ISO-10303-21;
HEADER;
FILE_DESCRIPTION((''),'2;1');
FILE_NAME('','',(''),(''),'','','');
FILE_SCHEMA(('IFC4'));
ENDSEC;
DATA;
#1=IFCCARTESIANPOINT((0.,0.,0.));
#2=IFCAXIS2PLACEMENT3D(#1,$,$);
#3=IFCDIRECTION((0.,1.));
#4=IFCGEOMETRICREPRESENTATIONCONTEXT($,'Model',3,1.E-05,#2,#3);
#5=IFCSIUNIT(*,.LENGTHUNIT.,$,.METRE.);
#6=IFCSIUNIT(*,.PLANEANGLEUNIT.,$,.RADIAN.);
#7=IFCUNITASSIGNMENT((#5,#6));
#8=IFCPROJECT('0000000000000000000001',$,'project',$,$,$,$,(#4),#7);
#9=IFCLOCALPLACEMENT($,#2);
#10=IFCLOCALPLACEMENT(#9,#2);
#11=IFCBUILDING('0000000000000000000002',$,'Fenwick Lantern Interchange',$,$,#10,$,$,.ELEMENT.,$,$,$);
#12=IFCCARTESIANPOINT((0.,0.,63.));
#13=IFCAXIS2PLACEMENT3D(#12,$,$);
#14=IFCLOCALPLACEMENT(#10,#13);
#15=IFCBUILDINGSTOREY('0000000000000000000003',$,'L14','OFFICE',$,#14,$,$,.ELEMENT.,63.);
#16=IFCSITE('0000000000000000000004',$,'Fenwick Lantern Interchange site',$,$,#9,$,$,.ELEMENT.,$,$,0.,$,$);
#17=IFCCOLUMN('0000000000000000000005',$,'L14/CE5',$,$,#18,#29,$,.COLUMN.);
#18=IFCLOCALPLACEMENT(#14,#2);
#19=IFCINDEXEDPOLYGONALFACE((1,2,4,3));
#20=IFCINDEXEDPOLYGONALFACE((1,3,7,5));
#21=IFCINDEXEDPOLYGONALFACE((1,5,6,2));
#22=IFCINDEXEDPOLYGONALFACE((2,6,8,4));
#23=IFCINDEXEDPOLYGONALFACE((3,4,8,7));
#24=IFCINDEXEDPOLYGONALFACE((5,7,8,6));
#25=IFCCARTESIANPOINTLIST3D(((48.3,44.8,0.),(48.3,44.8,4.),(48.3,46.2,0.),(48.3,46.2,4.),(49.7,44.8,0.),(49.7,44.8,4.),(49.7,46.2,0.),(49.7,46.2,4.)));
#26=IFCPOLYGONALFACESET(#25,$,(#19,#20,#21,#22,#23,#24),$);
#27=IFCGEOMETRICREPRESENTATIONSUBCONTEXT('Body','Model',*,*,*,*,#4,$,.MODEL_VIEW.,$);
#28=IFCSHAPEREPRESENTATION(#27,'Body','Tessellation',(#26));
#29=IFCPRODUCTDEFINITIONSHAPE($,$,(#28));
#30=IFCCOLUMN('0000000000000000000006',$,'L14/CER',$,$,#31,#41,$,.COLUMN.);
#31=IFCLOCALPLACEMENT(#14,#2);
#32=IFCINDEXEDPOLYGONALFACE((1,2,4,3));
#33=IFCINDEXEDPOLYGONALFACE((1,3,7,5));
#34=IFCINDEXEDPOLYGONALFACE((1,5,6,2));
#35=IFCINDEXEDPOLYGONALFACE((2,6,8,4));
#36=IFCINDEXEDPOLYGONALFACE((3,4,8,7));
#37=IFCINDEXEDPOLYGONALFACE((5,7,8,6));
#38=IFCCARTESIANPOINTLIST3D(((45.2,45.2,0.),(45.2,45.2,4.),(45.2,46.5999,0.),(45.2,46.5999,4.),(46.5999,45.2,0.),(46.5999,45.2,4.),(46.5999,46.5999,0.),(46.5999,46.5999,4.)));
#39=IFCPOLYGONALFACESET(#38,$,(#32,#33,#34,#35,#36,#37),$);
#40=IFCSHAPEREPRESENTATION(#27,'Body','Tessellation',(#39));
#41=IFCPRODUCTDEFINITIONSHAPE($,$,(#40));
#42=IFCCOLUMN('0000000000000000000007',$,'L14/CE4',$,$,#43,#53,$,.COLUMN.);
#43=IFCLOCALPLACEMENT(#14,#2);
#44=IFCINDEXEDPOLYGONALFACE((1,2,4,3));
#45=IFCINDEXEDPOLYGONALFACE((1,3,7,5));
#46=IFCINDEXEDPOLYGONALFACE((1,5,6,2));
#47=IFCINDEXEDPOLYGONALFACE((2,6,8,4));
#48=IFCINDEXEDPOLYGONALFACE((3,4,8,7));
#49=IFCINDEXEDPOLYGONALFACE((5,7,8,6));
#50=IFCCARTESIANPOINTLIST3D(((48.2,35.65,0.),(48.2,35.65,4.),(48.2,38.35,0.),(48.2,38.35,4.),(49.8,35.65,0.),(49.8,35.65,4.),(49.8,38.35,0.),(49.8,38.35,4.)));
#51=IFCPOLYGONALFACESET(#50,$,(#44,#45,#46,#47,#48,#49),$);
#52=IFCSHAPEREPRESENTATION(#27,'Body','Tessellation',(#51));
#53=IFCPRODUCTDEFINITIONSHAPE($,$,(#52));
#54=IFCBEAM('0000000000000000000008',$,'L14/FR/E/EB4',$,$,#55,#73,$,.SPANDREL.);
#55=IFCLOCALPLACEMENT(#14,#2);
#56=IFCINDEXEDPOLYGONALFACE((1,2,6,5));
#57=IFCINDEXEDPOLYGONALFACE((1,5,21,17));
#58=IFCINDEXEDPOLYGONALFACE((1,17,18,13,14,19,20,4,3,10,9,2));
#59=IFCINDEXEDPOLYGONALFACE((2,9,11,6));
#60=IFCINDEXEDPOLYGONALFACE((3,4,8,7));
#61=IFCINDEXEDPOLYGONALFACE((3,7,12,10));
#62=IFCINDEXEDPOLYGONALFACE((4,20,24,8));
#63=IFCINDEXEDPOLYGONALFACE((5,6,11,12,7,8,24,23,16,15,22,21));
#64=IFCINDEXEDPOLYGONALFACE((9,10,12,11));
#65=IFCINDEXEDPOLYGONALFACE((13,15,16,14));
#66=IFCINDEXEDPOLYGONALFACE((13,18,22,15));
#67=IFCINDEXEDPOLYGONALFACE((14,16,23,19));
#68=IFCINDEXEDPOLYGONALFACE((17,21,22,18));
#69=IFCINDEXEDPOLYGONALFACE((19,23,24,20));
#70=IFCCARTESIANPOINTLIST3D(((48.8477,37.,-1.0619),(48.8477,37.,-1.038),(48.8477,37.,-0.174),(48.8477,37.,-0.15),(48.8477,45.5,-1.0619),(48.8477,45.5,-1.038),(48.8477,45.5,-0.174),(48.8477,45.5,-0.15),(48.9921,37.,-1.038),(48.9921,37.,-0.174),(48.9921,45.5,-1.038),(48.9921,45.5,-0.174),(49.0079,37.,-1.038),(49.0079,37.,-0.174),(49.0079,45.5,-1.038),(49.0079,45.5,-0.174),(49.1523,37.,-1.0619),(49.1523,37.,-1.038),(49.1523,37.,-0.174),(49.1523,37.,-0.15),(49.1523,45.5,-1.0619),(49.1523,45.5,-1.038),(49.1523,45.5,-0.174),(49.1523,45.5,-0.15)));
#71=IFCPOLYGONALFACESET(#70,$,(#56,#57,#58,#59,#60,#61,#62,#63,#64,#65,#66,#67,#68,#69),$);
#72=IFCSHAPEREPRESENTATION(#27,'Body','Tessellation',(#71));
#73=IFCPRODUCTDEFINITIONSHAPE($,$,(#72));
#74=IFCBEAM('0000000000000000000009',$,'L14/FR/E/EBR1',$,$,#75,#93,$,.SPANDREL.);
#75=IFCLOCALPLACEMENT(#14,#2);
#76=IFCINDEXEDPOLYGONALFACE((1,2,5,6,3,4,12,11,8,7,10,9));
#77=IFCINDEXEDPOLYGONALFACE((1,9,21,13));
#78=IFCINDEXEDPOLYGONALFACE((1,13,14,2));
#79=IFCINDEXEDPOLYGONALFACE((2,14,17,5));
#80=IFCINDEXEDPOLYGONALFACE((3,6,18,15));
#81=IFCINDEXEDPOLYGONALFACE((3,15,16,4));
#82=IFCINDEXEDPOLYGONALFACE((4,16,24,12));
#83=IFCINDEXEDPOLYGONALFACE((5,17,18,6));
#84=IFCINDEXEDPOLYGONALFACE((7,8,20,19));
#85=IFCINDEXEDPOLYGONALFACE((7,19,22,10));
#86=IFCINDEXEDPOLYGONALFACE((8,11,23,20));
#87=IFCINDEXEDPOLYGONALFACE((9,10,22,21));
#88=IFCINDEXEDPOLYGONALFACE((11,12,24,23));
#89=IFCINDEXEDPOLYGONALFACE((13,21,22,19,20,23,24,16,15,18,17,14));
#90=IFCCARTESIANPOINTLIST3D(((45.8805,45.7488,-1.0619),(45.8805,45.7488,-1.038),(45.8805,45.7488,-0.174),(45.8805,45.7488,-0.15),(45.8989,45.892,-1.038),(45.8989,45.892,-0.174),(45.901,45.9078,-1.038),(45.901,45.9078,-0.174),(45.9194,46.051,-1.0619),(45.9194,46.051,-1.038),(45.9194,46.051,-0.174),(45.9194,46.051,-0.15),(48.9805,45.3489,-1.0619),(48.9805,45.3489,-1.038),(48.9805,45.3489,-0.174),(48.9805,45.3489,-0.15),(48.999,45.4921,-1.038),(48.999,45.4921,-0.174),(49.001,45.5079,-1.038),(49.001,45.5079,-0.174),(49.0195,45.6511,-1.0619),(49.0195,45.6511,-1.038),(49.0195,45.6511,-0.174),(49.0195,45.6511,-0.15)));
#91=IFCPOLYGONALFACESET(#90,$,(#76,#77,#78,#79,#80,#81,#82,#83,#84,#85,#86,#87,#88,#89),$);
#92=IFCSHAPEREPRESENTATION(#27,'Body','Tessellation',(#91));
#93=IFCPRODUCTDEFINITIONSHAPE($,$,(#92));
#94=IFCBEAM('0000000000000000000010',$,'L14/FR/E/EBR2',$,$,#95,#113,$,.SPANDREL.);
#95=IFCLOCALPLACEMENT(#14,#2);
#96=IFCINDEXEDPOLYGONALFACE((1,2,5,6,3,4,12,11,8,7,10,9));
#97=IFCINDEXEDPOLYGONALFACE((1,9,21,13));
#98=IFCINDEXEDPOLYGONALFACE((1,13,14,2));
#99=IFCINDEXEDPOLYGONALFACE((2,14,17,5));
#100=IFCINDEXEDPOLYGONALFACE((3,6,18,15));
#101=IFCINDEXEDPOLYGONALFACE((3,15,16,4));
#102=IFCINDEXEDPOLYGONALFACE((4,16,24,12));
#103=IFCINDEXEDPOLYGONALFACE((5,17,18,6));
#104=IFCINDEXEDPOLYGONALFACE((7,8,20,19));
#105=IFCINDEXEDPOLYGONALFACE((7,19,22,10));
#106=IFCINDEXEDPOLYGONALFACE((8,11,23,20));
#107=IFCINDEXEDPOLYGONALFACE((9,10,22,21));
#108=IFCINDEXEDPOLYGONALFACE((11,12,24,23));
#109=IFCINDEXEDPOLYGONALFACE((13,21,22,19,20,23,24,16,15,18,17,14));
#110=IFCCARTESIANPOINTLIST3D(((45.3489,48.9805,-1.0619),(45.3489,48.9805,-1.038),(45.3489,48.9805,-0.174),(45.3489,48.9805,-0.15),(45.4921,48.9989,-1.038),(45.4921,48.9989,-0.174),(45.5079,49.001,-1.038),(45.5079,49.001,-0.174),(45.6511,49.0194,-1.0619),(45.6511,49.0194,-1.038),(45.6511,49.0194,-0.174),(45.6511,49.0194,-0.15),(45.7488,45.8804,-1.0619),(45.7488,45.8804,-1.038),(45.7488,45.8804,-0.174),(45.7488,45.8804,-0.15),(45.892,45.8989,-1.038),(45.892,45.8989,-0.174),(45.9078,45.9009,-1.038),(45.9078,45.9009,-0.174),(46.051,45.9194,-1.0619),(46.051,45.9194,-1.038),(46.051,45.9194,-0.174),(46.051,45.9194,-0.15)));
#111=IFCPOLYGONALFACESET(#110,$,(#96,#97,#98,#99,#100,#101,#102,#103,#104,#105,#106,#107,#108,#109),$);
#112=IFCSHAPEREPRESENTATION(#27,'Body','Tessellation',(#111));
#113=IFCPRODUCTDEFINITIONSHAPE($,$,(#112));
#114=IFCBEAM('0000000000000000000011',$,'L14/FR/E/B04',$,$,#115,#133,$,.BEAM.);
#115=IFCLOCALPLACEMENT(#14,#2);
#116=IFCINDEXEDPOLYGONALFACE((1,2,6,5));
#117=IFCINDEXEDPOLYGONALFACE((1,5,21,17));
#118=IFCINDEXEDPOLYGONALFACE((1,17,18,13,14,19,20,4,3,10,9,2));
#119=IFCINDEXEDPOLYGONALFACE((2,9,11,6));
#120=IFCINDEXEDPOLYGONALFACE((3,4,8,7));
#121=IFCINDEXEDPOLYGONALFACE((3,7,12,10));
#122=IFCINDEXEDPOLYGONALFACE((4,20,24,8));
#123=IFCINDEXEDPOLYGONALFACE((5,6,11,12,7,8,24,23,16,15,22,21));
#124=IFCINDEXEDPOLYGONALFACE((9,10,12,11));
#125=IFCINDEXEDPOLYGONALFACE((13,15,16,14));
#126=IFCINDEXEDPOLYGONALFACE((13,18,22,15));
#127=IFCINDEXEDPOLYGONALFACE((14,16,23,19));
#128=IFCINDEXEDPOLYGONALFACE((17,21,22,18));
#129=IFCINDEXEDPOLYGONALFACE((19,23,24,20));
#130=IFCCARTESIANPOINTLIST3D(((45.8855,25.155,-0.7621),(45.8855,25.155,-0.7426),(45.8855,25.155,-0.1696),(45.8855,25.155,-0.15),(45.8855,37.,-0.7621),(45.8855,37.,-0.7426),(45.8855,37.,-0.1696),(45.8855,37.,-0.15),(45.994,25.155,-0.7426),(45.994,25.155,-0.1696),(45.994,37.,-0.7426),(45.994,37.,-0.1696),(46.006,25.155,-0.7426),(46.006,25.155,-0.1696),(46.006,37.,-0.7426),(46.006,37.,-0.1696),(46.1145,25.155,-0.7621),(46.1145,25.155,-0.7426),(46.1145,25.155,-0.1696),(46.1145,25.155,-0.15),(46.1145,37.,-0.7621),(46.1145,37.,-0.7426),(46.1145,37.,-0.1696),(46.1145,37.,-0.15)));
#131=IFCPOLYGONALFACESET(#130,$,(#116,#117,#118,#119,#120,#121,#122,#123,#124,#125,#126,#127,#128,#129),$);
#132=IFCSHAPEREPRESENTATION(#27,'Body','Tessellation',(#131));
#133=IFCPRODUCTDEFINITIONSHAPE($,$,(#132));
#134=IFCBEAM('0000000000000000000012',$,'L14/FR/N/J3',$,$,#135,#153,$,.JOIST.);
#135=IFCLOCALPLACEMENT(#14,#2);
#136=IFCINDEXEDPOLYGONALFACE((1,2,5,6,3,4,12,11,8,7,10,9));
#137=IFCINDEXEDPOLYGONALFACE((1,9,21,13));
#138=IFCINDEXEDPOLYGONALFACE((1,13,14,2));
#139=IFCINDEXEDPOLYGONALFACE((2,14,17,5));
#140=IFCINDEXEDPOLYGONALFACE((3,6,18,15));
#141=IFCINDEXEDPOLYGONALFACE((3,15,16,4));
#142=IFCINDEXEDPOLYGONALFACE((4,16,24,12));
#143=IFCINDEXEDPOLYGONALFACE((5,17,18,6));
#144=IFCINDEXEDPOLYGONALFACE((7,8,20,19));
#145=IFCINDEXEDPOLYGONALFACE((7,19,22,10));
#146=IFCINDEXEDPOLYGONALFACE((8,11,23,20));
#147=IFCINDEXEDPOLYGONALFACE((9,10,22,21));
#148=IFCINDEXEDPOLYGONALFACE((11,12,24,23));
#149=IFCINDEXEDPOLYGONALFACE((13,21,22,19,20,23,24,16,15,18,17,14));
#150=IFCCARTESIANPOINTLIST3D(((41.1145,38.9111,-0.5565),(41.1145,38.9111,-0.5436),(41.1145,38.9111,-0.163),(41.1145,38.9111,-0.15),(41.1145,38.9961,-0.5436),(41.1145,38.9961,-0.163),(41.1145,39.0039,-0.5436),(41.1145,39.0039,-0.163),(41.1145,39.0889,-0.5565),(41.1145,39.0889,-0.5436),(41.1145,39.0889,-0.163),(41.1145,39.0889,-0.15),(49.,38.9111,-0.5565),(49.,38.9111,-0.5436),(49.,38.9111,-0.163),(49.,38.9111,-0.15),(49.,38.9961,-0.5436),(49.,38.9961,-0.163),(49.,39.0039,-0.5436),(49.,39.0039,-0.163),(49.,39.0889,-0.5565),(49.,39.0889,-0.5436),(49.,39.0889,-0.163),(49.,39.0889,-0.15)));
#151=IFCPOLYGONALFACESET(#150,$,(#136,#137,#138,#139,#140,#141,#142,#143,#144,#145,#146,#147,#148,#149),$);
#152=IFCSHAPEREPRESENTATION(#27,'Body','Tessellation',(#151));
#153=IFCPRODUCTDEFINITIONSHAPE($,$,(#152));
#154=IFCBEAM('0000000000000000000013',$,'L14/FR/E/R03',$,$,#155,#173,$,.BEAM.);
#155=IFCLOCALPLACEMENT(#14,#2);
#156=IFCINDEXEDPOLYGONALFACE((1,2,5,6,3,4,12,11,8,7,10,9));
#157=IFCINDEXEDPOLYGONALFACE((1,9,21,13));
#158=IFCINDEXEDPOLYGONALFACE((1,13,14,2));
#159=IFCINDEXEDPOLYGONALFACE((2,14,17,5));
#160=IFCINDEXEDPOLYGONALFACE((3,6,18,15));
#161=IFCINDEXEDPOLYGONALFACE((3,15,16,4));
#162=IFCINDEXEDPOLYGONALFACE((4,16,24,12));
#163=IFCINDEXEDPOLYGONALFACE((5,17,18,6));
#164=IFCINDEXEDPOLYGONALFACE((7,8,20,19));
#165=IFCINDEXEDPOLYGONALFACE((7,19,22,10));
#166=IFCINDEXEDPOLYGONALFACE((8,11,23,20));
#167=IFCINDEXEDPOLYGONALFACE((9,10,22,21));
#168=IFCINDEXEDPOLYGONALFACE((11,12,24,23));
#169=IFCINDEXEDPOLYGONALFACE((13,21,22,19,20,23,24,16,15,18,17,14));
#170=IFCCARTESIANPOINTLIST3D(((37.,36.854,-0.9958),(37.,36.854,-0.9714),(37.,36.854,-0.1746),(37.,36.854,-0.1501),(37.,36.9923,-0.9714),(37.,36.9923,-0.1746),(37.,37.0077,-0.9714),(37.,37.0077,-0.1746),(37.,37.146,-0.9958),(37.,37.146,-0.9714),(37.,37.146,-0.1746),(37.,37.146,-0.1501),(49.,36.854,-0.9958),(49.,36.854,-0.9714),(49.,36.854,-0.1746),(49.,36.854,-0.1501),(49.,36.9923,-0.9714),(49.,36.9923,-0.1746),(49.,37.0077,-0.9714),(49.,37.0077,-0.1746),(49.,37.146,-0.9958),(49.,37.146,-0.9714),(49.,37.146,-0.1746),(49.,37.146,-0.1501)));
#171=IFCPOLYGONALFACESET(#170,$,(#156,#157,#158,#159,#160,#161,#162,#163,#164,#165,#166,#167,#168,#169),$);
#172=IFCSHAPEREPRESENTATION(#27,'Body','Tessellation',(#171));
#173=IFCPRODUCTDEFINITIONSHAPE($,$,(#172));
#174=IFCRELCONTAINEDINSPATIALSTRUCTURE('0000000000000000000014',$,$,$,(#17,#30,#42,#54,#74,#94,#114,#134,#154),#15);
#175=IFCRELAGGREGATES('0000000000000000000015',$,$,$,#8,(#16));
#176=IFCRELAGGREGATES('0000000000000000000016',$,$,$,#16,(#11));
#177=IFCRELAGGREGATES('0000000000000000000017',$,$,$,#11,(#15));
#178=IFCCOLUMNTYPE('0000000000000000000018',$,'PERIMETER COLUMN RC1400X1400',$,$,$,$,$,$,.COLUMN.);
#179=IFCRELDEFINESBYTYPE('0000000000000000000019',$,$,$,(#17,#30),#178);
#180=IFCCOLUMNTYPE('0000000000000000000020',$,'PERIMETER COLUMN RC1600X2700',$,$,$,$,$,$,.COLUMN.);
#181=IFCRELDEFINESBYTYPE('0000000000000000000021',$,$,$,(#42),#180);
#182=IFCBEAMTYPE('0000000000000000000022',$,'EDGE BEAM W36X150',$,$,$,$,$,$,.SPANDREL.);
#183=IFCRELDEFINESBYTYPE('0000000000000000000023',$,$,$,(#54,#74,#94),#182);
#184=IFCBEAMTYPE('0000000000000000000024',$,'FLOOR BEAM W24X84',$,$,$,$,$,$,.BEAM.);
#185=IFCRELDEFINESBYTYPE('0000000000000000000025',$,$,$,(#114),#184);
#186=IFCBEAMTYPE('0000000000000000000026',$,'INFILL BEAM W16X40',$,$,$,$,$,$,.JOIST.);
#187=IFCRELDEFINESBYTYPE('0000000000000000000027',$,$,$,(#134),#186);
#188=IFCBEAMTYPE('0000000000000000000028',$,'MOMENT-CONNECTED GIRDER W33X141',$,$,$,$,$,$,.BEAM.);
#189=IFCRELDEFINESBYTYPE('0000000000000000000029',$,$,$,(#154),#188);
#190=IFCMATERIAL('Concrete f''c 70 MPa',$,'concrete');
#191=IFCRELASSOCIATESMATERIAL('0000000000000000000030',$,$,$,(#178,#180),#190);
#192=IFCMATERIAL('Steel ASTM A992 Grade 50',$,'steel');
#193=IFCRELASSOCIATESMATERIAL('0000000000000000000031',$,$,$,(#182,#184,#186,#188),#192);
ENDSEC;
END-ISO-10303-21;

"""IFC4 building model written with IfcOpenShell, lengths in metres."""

from ifc_helpers import new_model, si_unit, direction, frame, origin, origin_2d, place, context, subcontext, project, spatial, rectangle, i_section, extrude, material, material_profile, profile_set, type_object, element, save


model = new_model("IFC4")

# Units and contexts
model_context = context("Model", 3, precision=1e-05, world=origin(), true_north=direction((0.0, 1.0)))
body_context = subcontext(model_context, "Body", "Model", "MODEL_VIEW")
ifc_project = project(units=[si_unit("LENGTHUNIT", "METRE"), si_unit("PLANEANGLEUNIT", "RADIAN")], contexts=[model_context])

# Site, building, storey
site_placement = place(None, origin())
site = spatial("IfcSite", under=ifc_project, at=site_placement, Name="Fenwick Lantern Interchange site", CompositionType="ELEMENT", RefElevation=0.0)
building_placement = place(site_placement, origin())
building = spatial("IfcBuilding", under=site, at=building_placement, Name="Fenwick Lantern Interchange", CompositionType="ELEMENT")
storey_placement = place(building_placement, frame((0.0, 0.0, 63.0)))
storey = spatial("IfcBuildingStorey", under=building, at=storey_placement, Name="L14", Description="OFFICE", CompositionType="ELEMENT", Elevation=63.0)

# Columns
ifc_material_1 = material(Name="Concrete f'c 70 MPa", Category="concrete")
ifc_material_profile_1 = material_profile(ifc_material_1, rectangle(XDim=1.3999, YDim=1.3999, at=origin_2d()), Name="RC1400X1400")
ifc_profile_set_1 = profile_set([ifc_material_profile_1], Name="Concrete f'c 70 MPa")
column_type_1 = type_object("IfcColumnType", Name="PERIMETER COLUMN RC1400X1400", PredefinedType="COLUMN", material=ifc_profile_set_1)
for number, where, z_axis, x_axis, name in (
    (1, (49.0, 45.5, 0.0), (0.0, 0.0, 1.0), (1.0, 0.0, 0.0), "L14/CE5"),
    (2, (45.8999, 45.8999, 0.0), (0.0, 0.0, 1.0), (1.0, 0.0, 0.0), "L14/CER"),
):
    element("IfcColumn", number, at=place(storey_placement, frame(where, z_axis=z_axis, x_axis=x_axis)), inside=storey, type_object=column_type_1, Name=name, PredefinedType="COLUMN", context=body_context, shape_type="SweptSolid", body=[
        extrude(rectangle(XDim=1.3999, YDim=1.3999, at=origin_2d()), origin(), (0.0, 0.0, 1.0), 4.0),
    ])
ifc_material_profile_2 = material_profile(ifc_material_1, rectangle(XDim=1.6001, YDim=2.7, at=origin_2d()), Name="RC1600X2700")
ifc_profile_set_2 = profile_set([ifc_material_profile_2], Name="Concrete f'c 70 MPa")
column_type_2 = type_object("IfcColumnType", Name="PERIMETER COLUMN RC1600X2700", PredefinedType="COLUMN", material=ifc_profile_set_2)
column_placement = place(storey_placement, frame((49.0, 37.0, 0.0), z_axis=(0.0, 0.0, 1.0), x_axis=(1.0, 0.0, 0.0)))
element("IfcColumn", 3, at=column_placement, inside=storey, type_object=column_type_2, Name="L14/CE4", PredefinedType="COLUMN", context=body_context, shape_type="SweptSolid", body=[
    extrude(rectangle(XDim=1.6001, YDim=2.7, at=origin_2d()), origin(), (0.0, 0.0, 1.0), 4.0),
])

# Beams
ifc_material_2 = material(Name="Steel ASTM A992 Grade 50", Category="steel")
ifc_material_profile_3 = material_profile(ifc_material_2, i_section(OverallWidth=0.3047, OverallDepth=0.9119, WebThickness=0.0159, FlangeThickness=0.0239, at=origin_2d()), Name="W36X150")
ifc_profile_set_3 = profile_set([ifc_material_profile_3], Name="Steel ASTM A992 Grade 50")
beam_type_1 = type_object("IfcBeamType", Name="EDGE BEAM W36X150", PredefinedType="SPANDREL", material=ifc_profile_set_3)
beam_1_placement = place(storey_placement, frame((49.0, 37.0, -0.606), z_axis=(0.0, 1.0, 0.0), x_axis=(-1.0, 0.0, 0.0)))
element("IfcBeam", 4, at=beam_1_placement, inside=storey, type_object=beam_type_1, Name="L14/FR/E/EB4", PredefinedType="SPANDREL", context=body_context, shape_type="SweptSolid", body=[
    extrude(i_section(OverallWidth=0.3047, OverallDepth=0.9119, WebThickness=0.0159, FlangeThickness=0.0239, at=origin_2d()), origin(), (0.0, 0.0, 1.0), 8.5),
])
for number, where, z_axis, x_axis, name in (
    (5, (49.0, 45.5, -0.606), (-0.991782, 0.127937, 0.0), (-0.127937, -0.991782, 0.0), "L14/FR/E/EBR1"),
    (6, (45.8999, 45.8999, -0.606), (-0.127937, 0.991782, 0.0), (-0.991782, -0.127937, 0.0), "L14/FR/E/EBR2"),
):
    element("IfcBeam", number, at=place(storey_placement, frame(where, z_axis=z_axis, x_axis=x_axis)), inside=storey, type_object=beam_type_1, Name=name, PredefinedType="SPANDREL", context=body_context, shape_type="SweptSolid", body=[
        extrude(i_section(OverallWidth=0.3047, OverallDepth=0.9119, WebThickness=0.0159, FlangeThickness=0.0239, at=origin_2d()), origin(), (0.0, 0.0, 1.0), 3.1257),
    ])
ifc_material_profile_4 = material_profile(ifc_material_2, i_section(OverallWidth=0.229, OverallDepth=0.6121, WebThickness=0.012, FlangeThickness=0.0195, at=origin_2d()), Name="W24X84")
ifc_profile_set_4 = profile_set([ifc_material_profile_4], Name="Steel ASTM A992 Grade 50")
beam_type_2 = type_object("IfcBeamType", Name="FLOOR BEAM W24X84", PredefinedType="BEAM", material=ifc_profile_set_4)
beam_2_placement = place(storey_placement, frame((46.0, 25.155, -0.4561), z_axis=(0.0, 1.0, 0.0), x_axis=(-1.0, 0.0, 0.0)))
element("IfcBeam", 7, at=beam_2_placement, inside=storey, type_object=beam_type_2, Name="L14/FR/E/B04", PredefinedType="BEAM", context=body_context, shape_type="SweptSolid", body=[
    extrude(i_section(OverallWidth=0.229, OverallDepth=0.6121, WebThickness=0.012, FlangeThickness=0.0195, at=origin_2d()), origin(), (0.0, 0.0, 1.0), 11.845),
])
ifc_material_profile_5 = material_profile(ifc_material_2, i_section(OverallWidth=0.1777, OverallDepth=0.4065, WebThickness=0.0078, FlangeThickness=0.0129, at=origin_2d()), Name="W16X40")
ifc_profile_set_5 = profile_set([ifc_material_profile_5], Name="Steel ASTM A992 Grade 50")
beam_type_3 = type_object("IfcBeamType", Name="INFILL BEAM W16X40", PredefinedType="JOIST", material=ifc_profile_set_5)
beam_3_placement = place(storey_placement, frame((49.0, 39.0, -0.3533), z_axis=(-1.0, 0.0, 0.0), x_axis=(0.0, -1.0, 0.0)))
element("IfcBeam", 8, at=beam_3_placement, inside=storey, type_object=beam_type_3, Name="L14/FR/N/J3", PredefinedType="JOIST", context=body_context, shape_type="SweptSolid", body=[
    extrude(i_section(OverallWidth=0.1777, OverallDepth=0.4065, WebThickness=0.0078, FlangeThickness=0.0129, at=origin_2d()), origin(), (0.0, 0.0, 1.0), 7.8855),
])
ifc_material_profile_6 = material_profile(ifc_material_2, i_section(OverallWidth=0.292, OverallDepth=0.8457, WebThickness=0.0154, FlangeThickness=0.0244, at=origin_2d()), Name="W33X141")
ifc_profile_set_6 = profile_set([ifc_material_profile_6], Name="Steel ASTM A992 Grade 50")
beam_type_4 = type_object("IfcBeamType", Name="MOMENT-CONNECTED GIRDER W33X141", PredefinedType="BEAM", material=ifc_profile_set_6)
beam_4_placement = place(storey_placement, frame((49.0, 37.0, -0.573), z_axis=(-1.0, 0.0, 0.0), x_axis=(0.0, -1.0, 0.0)))
element("IfcBeam", 9, at=beam_4_placement, inside=storey, type_object=beam_type_4, Name="L14/FR/E/R03", PredefinedType="BEAM", context=body_context, shape_type="SweptSolid", body=[
    extrude(i_section(OverallWidth=0.292, OverallDepth=0.8457, WebThickness=0.0154, FlangeThickness=0.0244, at=origin_2d()), origin(), (0.0, 0.0, 1.0), 12.0),
])

save(model, "model.ifc")
